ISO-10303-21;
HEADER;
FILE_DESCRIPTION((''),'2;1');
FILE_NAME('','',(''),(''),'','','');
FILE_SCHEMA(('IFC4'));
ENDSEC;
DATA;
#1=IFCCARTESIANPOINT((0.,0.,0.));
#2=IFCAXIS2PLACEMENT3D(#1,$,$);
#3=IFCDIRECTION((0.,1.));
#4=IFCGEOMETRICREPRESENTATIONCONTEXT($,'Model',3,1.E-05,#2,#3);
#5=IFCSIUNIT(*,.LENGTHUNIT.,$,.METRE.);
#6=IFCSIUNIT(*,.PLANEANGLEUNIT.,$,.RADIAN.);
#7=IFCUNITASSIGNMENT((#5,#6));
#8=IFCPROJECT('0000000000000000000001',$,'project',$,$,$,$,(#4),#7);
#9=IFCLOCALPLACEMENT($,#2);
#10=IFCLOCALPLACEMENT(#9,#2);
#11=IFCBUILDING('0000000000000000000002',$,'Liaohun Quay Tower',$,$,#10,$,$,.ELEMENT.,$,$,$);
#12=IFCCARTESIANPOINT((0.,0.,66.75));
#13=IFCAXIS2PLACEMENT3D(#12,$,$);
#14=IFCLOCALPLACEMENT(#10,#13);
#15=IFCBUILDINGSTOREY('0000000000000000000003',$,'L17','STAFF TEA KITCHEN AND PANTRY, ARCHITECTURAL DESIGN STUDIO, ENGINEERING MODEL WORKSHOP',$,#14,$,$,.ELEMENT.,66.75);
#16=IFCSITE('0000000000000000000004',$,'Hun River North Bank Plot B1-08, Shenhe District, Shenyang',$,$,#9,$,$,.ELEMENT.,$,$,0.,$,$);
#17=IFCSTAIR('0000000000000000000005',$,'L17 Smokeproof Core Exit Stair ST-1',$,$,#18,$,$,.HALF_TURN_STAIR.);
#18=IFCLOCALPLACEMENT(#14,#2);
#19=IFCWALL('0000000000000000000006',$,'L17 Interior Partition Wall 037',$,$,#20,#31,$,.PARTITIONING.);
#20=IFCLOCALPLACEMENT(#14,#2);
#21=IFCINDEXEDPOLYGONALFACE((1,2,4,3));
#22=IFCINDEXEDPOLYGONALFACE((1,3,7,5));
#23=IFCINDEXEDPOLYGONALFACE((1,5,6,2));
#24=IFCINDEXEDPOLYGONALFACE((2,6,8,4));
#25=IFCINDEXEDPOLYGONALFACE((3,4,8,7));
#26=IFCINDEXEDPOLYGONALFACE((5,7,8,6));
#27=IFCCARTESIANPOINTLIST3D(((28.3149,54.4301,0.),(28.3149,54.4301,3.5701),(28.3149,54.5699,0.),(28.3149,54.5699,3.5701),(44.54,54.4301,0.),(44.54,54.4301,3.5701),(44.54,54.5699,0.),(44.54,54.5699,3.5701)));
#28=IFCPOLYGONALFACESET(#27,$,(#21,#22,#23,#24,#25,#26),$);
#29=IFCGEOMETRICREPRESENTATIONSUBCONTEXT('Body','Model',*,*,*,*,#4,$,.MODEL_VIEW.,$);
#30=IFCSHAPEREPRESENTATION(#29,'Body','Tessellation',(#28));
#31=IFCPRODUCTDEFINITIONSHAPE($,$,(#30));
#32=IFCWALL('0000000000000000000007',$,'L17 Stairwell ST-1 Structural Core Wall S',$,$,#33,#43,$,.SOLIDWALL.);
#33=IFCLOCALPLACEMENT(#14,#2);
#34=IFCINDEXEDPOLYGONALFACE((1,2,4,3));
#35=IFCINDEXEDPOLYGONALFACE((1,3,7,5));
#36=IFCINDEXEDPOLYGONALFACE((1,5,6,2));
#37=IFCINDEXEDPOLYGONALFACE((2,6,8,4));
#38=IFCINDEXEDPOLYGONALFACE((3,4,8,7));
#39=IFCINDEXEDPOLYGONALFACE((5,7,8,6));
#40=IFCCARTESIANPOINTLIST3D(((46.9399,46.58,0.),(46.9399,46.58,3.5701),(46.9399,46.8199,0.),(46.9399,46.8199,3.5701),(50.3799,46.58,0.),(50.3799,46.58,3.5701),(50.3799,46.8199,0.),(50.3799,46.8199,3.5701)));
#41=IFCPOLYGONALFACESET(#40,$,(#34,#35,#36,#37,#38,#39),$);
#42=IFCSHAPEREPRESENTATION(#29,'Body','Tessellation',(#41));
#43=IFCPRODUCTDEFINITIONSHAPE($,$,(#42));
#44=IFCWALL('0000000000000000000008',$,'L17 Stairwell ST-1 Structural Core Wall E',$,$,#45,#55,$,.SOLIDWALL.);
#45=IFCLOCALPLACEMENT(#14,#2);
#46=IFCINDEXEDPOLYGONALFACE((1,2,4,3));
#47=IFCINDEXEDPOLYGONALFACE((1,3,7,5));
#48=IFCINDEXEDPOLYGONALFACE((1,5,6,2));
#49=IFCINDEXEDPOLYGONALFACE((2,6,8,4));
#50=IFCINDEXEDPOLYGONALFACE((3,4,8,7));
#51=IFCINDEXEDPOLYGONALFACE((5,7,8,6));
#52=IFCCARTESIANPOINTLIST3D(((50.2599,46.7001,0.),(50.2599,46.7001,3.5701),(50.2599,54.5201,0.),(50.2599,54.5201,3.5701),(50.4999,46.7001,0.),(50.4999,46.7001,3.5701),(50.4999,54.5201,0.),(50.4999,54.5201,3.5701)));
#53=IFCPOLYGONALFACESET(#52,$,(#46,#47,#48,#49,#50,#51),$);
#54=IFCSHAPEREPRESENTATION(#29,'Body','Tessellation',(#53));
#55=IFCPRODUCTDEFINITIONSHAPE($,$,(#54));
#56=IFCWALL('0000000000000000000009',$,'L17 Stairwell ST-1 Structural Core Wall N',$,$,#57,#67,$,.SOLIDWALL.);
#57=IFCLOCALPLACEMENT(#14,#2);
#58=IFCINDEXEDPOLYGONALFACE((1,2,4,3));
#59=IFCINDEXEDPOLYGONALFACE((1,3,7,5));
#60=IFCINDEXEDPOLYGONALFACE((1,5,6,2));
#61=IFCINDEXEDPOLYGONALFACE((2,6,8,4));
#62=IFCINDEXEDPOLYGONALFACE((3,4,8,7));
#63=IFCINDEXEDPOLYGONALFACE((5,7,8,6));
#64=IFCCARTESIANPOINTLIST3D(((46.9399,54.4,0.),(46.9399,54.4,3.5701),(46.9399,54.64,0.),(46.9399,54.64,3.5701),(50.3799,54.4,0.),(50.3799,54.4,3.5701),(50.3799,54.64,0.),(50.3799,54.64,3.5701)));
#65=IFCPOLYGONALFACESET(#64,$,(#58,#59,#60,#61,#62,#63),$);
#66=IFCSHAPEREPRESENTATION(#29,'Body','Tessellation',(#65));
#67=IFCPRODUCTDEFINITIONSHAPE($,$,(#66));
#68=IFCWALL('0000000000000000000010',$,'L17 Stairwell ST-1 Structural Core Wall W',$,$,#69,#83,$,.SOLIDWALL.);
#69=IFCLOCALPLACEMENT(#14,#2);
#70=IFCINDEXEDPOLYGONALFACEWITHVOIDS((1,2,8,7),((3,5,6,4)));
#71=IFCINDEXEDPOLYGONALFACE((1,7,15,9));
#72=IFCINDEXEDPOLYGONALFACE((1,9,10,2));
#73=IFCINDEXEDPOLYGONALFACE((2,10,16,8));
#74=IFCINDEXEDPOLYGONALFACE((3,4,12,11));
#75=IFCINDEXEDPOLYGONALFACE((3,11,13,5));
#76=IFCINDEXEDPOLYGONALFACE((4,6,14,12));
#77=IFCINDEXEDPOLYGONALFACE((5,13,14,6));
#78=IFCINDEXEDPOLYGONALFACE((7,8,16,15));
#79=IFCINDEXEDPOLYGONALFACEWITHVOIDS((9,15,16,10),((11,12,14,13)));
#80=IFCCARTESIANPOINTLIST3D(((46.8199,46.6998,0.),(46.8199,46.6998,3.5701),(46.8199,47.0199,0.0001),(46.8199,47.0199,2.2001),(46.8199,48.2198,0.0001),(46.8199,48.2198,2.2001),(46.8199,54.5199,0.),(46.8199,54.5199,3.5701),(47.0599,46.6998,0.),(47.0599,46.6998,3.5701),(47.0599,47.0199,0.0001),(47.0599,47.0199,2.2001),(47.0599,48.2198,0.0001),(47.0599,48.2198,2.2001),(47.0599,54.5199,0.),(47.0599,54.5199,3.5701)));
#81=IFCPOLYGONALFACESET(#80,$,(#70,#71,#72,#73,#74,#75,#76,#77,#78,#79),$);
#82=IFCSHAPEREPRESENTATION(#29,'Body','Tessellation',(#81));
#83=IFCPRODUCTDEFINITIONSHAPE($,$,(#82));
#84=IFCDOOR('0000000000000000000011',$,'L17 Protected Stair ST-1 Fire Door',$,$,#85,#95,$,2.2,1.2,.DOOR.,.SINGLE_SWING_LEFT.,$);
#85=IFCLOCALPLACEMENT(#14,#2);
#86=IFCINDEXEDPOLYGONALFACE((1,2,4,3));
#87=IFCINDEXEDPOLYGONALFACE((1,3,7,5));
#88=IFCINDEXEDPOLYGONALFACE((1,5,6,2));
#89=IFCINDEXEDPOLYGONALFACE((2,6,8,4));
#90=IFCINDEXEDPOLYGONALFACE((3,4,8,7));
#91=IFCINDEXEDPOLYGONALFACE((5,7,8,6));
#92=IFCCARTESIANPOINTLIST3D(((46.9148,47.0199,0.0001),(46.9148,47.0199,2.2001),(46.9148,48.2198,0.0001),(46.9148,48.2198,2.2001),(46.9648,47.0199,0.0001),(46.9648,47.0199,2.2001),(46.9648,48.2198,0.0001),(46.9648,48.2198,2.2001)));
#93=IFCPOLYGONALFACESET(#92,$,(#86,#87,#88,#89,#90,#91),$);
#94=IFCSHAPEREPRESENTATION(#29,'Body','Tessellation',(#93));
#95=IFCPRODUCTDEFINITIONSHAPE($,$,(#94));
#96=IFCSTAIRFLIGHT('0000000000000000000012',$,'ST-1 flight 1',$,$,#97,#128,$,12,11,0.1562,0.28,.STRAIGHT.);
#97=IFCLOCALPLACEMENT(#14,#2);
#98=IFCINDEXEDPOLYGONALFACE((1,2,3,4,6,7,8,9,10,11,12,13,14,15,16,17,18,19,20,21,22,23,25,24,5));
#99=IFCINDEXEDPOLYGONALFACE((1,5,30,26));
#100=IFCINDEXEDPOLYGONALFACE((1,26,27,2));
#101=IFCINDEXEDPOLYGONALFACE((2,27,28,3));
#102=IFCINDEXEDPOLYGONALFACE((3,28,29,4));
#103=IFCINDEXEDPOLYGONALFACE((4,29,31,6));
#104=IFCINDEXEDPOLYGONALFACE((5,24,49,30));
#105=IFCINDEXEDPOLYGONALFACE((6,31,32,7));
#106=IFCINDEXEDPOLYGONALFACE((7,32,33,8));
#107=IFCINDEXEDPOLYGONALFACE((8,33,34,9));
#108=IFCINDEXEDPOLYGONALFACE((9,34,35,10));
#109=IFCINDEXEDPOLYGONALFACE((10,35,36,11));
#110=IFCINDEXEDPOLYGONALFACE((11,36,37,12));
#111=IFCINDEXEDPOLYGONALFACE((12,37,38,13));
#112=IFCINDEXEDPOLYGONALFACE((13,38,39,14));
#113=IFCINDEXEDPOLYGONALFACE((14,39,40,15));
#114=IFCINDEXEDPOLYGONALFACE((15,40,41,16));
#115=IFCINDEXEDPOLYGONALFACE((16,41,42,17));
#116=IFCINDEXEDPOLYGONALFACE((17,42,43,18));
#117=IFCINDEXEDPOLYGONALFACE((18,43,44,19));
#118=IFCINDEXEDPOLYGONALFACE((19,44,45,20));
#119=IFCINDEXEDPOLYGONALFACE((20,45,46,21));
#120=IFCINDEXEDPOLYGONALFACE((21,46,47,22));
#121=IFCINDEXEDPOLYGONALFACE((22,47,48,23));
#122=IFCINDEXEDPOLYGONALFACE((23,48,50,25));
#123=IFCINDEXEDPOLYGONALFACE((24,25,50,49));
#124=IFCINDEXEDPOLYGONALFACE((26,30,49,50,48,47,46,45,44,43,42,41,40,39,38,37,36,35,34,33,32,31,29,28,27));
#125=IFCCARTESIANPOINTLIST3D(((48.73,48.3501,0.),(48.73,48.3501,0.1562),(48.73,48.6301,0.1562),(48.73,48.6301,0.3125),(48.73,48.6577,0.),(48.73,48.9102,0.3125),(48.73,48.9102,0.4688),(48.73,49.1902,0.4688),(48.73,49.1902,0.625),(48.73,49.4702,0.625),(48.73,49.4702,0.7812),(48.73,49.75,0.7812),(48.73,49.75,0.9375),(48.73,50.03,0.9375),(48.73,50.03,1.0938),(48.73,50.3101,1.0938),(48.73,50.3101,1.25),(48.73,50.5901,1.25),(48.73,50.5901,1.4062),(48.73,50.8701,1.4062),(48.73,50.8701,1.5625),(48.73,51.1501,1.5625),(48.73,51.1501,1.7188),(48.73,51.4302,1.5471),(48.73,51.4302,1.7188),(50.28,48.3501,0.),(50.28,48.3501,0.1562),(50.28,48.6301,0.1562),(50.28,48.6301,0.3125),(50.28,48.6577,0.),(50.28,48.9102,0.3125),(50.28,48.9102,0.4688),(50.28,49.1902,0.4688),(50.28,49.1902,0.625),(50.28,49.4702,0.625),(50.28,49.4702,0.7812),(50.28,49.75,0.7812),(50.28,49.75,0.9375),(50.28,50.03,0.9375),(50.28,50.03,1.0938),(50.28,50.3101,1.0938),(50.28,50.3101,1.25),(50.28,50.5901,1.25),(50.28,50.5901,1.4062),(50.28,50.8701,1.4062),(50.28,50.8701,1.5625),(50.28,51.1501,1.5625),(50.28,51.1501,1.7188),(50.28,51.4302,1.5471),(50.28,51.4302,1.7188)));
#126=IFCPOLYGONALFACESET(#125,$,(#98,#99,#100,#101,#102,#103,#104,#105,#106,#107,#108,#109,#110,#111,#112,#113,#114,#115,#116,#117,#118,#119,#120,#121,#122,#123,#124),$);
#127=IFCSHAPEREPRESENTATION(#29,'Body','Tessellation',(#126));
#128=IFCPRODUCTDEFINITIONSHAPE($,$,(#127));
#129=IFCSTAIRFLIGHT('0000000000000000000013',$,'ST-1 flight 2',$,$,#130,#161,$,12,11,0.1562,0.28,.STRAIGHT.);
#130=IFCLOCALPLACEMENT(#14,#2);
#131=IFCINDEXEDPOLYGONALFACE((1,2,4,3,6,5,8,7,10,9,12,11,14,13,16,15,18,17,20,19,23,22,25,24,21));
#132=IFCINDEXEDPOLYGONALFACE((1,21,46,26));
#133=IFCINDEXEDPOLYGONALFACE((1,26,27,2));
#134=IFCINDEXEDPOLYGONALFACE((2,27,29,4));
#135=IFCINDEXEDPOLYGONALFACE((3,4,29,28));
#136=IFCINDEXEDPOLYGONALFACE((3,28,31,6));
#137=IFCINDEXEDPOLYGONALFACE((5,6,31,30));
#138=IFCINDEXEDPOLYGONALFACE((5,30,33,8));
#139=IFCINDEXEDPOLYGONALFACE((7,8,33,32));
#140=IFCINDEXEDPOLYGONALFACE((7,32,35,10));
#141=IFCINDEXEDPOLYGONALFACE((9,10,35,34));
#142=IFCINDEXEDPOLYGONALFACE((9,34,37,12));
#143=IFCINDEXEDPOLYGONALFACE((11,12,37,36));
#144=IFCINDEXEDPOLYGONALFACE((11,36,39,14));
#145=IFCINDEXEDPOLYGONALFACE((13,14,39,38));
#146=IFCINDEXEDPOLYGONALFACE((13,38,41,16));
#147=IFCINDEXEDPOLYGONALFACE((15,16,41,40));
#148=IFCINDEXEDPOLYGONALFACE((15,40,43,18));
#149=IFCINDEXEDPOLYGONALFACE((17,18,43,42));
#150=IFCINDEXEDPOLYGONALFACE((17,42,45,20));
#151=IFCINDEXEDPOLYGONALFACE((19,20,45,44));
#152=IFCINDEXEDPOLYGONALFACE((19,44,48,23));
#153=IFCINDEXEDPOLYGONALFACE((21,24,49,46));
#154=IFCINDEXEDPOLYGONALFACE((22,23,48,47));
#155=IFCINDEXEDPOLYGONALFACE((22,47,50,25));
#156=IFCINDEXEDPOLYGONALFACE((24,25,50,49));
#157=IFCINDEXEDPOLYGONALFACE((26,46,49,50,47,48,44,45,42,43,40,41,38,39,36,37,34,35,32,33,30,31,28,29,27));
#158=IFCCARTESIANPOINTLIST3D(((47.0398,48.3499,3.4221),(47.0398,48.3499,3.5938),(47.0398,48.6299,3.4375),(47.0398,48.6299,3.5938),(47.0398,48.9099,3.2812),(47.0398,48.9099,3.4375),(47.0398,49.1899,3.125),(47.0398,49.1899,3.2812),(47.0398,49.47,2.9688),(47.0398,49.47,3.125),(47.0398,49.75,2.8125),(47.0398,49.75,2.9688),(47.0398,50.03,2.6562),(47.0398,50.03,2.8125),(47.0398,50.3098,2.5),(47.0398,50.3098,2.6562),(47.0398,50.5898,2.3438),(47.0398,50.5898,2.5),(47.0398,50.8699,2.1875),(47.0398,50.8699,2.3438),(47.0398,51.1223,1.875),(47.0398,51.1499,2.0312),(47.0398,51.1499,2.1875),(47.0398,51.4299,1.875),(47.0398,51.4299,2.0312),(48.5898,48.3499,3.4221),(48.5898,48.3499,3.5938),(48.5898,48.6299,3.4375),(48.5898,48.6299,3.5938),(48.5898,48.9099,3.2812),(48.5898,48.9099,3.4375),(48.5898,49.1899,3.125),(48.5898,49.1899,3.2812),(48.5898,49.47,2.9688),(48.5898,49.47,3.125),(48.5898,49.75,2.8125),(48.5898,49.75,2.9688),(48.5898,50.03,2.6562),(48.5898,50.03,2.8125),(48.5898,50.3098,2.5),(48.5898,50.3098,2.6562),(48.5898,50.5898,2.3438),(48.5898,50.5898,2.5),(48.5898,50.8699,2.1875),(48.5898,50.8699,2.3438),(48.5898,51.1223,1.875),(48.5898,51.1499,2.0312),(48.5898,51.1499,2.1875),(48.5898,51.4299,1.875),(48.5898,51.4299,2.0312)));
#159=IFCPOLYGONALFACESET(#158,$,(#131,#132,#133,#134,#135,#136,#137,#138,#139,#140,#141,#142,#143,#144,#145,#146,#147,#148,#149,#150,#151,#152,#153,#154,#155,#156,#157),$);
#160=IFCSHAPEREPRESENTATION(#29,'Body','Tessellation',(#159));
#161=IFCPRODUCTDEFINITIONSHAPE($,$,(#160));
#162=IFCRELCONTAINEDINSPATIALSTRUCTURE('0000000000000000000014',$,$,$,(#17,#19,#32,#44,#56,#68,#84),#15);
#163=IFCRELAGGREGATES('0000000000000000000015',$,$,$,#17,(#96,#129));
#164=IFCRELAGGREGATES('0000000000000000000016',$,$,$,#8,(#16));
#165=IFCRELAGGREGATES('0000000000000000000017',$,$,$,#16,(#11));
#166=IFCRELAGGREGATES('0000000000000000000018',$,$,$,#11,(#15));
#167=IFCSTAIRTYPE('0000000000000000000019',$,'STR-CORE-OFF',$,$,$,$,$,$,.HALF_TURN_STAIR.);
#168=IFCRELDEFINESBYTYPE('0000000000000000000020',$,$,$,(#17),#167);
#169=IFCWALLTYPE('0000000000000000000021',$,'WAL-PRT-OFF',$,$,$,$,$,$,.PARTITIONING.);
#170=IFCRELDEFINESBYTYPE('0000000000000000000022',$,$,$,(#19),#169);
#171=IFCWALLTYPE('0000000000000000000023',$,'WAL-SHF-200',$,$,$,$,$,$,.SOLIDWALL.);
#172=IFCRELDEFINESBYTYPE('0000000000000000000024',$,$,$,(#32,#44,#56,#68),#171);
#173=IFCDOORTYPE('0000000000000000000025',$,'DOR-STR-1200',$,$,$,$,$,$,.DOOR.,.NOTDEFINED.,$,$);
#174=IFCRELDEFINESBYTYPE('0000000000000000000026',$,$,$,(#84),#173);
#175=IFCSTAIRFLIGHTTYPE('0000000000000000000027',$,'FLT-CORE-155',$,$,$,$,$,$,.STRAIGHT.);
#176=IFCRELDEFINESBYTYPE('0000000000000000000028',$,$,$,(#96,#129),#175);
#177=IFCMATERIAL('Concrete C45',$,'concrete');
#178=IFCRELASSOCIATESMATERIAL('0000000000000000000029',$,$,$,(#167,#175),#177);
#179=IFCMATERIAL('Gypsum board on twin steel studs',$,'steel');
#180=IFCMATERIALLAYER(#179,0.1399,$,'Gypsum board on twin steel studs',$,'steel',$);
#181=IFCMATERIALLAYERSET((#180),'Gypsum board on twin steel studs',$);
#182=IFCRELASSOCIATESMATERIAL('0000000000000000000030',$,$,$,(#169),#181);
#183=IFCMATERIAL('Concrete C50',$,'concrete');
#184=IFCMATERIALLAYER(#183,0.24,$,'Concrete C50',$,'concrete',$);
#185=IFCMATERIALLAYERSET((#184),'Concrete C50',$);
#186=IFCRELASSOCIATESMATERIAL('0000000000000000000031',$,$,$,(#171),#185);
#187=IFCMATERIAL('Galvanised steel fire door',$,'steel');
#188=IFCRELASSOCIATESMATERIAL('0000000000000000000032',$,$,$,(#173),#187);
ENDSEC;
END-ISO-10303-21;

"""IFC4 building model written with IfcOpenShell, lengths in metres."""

from ifc_helpers import new_model, si_unit, direction, frame, frame_2d, origin, place, context, subcontext, project, spatial, polyline, rectangle, outline, extrude, source, transform, mapped, material, layer, layer_set, type_object, element, fill, aggregate, save


model = new_model("IFC4")

# Units and contexts
model_context = context("Model", 3, precision=1e-05, world=origin(), true_north=direction((0.0, 1.0)))
body_context = subcontext(model_context, "Body", "Model", "MODEL_VIEW")
ifc_project = project(units=[si_unit("LENGTHUNIT", "METRE"), si_unit("PLANEANGLEUNIT", "RADIAN")], contexts=[model_context])

# Site, building, storey
site_placement = place(None, origin())
site = spatial("IfcSite", under=ifc_project, at=site_placement, Name="Hun River North Bank Plot B1-08, Shenhe District, Shenyang", CompositionType="ELEMENT", RefElevation=0.0)
building_placement = place(site_placement, origin())
building = spatial("IfcBuilding", under=site, at=building_placement, Name="Liaohun Quay Tower", CompositionType="ELEMENT")
storey_placement = place(building_placement, frame((0.0, 0.0, 66.75)))
storey = spatial("IfcBuildingStorey", under=building, at=storey_placement, Name="L17", Description="STAFF TEA KITCHEN AND PANTRY, ARCHITECTURAL DESIGN STUDIO, ENGINEERING MODEL WORKSHOP", CompositionType="ELEMENT", Elevation=66.75)

# Stair
ifc_material_1 = material(Name="Concrete C45", Category="concrete")
stair_type = type_object("IfcStairType", Name="STR-CORE-OFF", PredefinedType="HALF_TURN_STAIR", material=ifc_material_1)
stair_1_placement = place(storey_placement, origin())
stair_1 = element("IfcStair", 1, at=stair_1_placement, inside=storey, type_object=stair_type, Name="L17 Smokeproof Core Exit Stair ST-1", PredefinedType="HALF_TURN_STAIR")

# Walls
ifc_material_2 = material(Name="Gypsum board on twin steel studs", Category="steel")
ifc_layer_1 = layer(ifc_material_2, 0.1399, Name="Gypsum board on twin steel studs", Category="steel")
ifc_layer_set_1 = layer_set([ifc_layer_1], Name="Gypsum board on twin steel studs")
wall_type_1 = type_object("IfcWallType", Name="WAL-PRT-OFF", PredefinedType="PARTITIONING", material=ifc_layer_set_1)
wall_1_placement = place(storey_placement, frame((44.54, 54.5, 0.0), z_axis=(0.0, 0.0, 1.0), x_axis=(-1.0, 0.0, 0.0)))
element("IfcWall", 2, at=wall_1_placement, inside=storey, type_object=wall_type_1, Name="L17 Interior Partition Wall 037", PredefinedType="PARTITIONING", context=body_context, shape_type="SweptSolid", body=[
    extrude(rectangle(XDim=16.2251, YDim=0.1399, at=frame_2d((8.1125, 0.0))), origin(), (0.0, 0.0, 1.0), 3.5701),
])
ifc_material_3 = material(Name="Concrete C50", Category="concrete")
ifc_layer_2 = layer(ifc_material_3, 0.24, Name="Concrete C50", Category="concrete")
ifc_layer_set_2 = layer_set([ifc_layer_2], Name="Concrete C50")
wall_type_2 = type_object("IfcWallType", Name="WAL-SHF-200", PredefinedType="SOLIDWALL", material=ifc_layer_set_2)
wall_2_placement = place(storey_placement, frame((46.9399, 46.7, 0.0), z_axis=(0.0, 0.0, 1.0), x_axis=(1.0, 0.0, 0.0)))
element("IfcWall", 3, at=wall_2_placement, inside=storey, type_object=wall_type_2, Name="L17 Stairwell ST-1 Structural Core Wall S", PredefinedType="SOLIDWALL", context=body_context, shape_type="SweptSolid", body=[
    extrude(rectangle(XDim=3.4399, YDim=0.24, at=frame_2d((1.72, 0.0))), origin(), (0.0, 0.0, 1.0), 3.5701),
])
wall_3_placement = place(storey_placement, frame((50.3799, 46.7, 0.0), z_axis=(0.0, 0.0, 1.0), x_axis=(0.0, 1.0, 0.0)))
element("IfcWall", 4, at=wall_3_placement, inside=storey, type_object=wall_type_2, Name="L17 Stairwell ST-1 Structural Core Wall E", PredefinedType="SOLIDWALL", context=body_context, shape_type="SweptSolid", body=[
    extrude(rectangle(XDim=7.8201, YDim=0.24, at=frame_2d((3.9102, 0.0))), origin(), (0.0, 0.0, 1.0), 3.5701),
])
wall_4_placement = place(storey_placement, frame((50.3799, 54.52, 0.0), z_axis=(0.0, 0.0, 1.0), x_axis=(-1.0, 0.0, 0.0)))
element("IfcWall", 5, at=wall_4_placement, inside=storey, type_object=wall_type_2, Name="L17 Stairwell ST-1 Structural Core Wall N", PredefinedType="SOLIDWALL", context=body_context, shape_type="SweptSolid", body=[
    extrude(rectangle(XDim=3.4399, YDim=0.24, at=frame_2d((1.72, 0.0))), origin(), (0.0, 0.0, 1.0), 3.5701),
])

# Wall, opening, door
wall_5_placement = place(storey_placement, frame((46.9399, 54.52, 0.0), z_axis=(0.0, 0.0, 1.0), x_axis=(0.0, -1.0, 0.0)))
wall_5 = element("IfcWall", 6, at=wall_5_placement, inside=storey, type_object=wall_type_2, Name="L17 Stairwell ST-1 Structural Core Wall W", PredefinedType="SOLIDWALL", context=body_context, shape_type="SweptSolid", body=[
    extrude(rectangle(XDim=7.8201, YDim=0.24, at=frame_2d((3.9102, 0.0))), origin(), (0.0, 0.0, 1.0), 3.5701),
])
shared_shape_1 = source(origin(), body_context, "Body", "SweptSolid", [
    extrude(rectangle(XDim=1.2, YDim=2.2, at=frame_2d((0.6001, 1.1001))), frame((0.0, 0.1299, 0.0), z_axis=(0.0, -1.0, 0.0), x_axis=(1.0, 0.0, 0.0)), (0.0, 0.0, 1.0), 0.26),
])
opening_1_placement = place(wall_5_placement, frame((6.3, 0.0, 0.0)))
opening_1 = element("IfcOpeningElement", 7, at=opening_1_placement, cuts=wall_5, PredefinedType="OPENING", context=body_context, shape_type="MappedRepresentation", body=[
    mapped(shared_shape_1, transform((0.0, 0.0, 0.0), x_axis=(1.0, 0.0, 0.0), y_axis=(0.0, 1.0, 0.0), z_axis=(0.0, 0.0, 1.0), scale=1.0)),
])
ifc_material_4 = material(Name="Galvanised steel fire door", Category="steel")
door_type_1 = type_object("IfcDoorType", Name="DOR-STR-1200", OperationType="NOTDEFINED", PredefinedType="DOOR", material=ifc_material_4)
shared_shape_2 = source(origin(), body_context, "Body", "SweptSolid", [
    extrude(rectangle(XDim=1.2, YDim=2.2, at=frame_2d((0.6001, 1.1001))), frame((0.0, 0.0249, 0.0), z_axis=(0.0, -1.0, 0.0), x_axis=(1.0, 0.0, 0.0)), (0.0, 0.0, 1.0), 0.05),
])
door_1_placement = place(opening_1_placement, origin())
door_1 = element("IfcDoor", 8, at=door_1_placement, inside=storey, type_object=door_type_1, Name="L17 Protected Stair ST-1 Fire Door", OperationType="SINGLE_SWING_LEFT", OverallHeight=2.2, OverallWidth=1.2, PredefinedType="DOOR", context=body_context, shape_type="MappedRepresentation", body=[
    mapped(shared_shape_2, transform((0.0, 0.0, 0.0), x_axis=(1.0, 0.0, 0.0), y_axis=(0.0, 1.0, 0.0), z_axis=(0.0, 0.0, 1.0), scale=1.0)),
])
fill(opening_1, door_1)

# Stair flights
stair_flight_type = type_object("IfcStairFlightType", Name="FLT-CORE-155", PredefinedType="STRAIGHT", material=ifc_material_1)
stair_flight_1_placement = place(storey_placement, frame((49.5049, 48.3501, 0.0), z_axis=(0.0, 0.0, 1.0), x_axis=(0.0, 1.0, 0.0)))
stair_flight_1 = element("IfcStairFlight", 9, at=stair_flight_1_placement, type_object=stair_flight_type, Name="ST-1 flight 1", NumberOfRisers=12, NumberOfTreads=11, PredefinedType="STRAIGHT", RiserHeight=0.1562, TreadLength=0.28, context=body_context, shape_type="SweptSolid", body=[
    extrude(outline(polyline([(0.0, 0.0), (0.0, 0.1562), (0.28, 0.1562), (0.28, 0.3125), (0.5601, 0.3125), (0.5601, 0.4688), (0.8401, 0.4688), (0.8401, 0.625), (1.1201, 0.625), (1.1201, 0.7812), (1.3999, 0.7812), (1.3999, 0.9375), (1.6799, 0.9375), (1.6799, 1.0938), (1.96, 1.0938), (1.96, 1.25), (2.24, 1.25), (2.24, 1.4062), (2.52, 1.4062), (2.52, 1.5625), (2.8, 1.5625), (2.8, 1.7188), (3.0801, 1.7188), (3.0801, 1.875), (3.0801, 1.5471), (0.3076, 0.0), (0.0, 0.0)])), frame((0.0, 0.7749, 0.0), z_axis=(0.0, -1.0, 0.0), x_axis=(1.0, 0.0, 0.0)), (0.0, 0.0, 1.0), 1.55),
])
stair_flight_2_placement = place(storey_placement, frame((47.8149, 51.4299, 1.875), z_axis=(0.0, 0.0, 1.0), x_axis=(0.0, -1.0, 0.0)))
stair_flight_2 = element("IfcStairFlight", 10, at=stair_flight_2_placement, type_object=stair_flight_type, Name="ST-1 flight 2", NumberOfRisers=12, NumberOfTreads=11, PredefinedType="STRAIGHT", RiserHeight=0.1562, TreadLength=0.28, context=body_context, shape_type="SweptSolid", body=[
    extrude(outline(polyline([(0.0, 0.0), (0.0, 0.1562), (0.28, 0.1562), (0.28, 0.3125), (0.5601, 0.3125), (0.5601, 0.4688), (0.8401, 0.4688), (0.8401, 0.625), (1.1201, 0.625), (1.1201, 0.7812), (1.3999, 0.7812), (1.3999, 0.9375), (1.6799, 0.9375), (1.6799, 1.0938), (1.96, 1.0938), (1.96, 1.25), (2.24, 1.25), (2.24, 1.4062), (2.52, 1.4062), (2.52, 1.5625), (2.8, 1.5625), (2.8, 1.7188), (3.0801, 1.7188), (3.0801, 1.875), (3.0801, 1.5471), (0.3076, 0.0), (0.0, 0.0)])), frame((0.0, 0.7749, 0.0), z_axis=(0.0, -1.0, 0.0), x_axis=(1.0, 0.0, 0.0)), (0.0, 0.0, 1.0), 1.55),
])
aggregate(stair_1, [stair_flight_1, stair_flight_2])

save(model, "model.ifc")
